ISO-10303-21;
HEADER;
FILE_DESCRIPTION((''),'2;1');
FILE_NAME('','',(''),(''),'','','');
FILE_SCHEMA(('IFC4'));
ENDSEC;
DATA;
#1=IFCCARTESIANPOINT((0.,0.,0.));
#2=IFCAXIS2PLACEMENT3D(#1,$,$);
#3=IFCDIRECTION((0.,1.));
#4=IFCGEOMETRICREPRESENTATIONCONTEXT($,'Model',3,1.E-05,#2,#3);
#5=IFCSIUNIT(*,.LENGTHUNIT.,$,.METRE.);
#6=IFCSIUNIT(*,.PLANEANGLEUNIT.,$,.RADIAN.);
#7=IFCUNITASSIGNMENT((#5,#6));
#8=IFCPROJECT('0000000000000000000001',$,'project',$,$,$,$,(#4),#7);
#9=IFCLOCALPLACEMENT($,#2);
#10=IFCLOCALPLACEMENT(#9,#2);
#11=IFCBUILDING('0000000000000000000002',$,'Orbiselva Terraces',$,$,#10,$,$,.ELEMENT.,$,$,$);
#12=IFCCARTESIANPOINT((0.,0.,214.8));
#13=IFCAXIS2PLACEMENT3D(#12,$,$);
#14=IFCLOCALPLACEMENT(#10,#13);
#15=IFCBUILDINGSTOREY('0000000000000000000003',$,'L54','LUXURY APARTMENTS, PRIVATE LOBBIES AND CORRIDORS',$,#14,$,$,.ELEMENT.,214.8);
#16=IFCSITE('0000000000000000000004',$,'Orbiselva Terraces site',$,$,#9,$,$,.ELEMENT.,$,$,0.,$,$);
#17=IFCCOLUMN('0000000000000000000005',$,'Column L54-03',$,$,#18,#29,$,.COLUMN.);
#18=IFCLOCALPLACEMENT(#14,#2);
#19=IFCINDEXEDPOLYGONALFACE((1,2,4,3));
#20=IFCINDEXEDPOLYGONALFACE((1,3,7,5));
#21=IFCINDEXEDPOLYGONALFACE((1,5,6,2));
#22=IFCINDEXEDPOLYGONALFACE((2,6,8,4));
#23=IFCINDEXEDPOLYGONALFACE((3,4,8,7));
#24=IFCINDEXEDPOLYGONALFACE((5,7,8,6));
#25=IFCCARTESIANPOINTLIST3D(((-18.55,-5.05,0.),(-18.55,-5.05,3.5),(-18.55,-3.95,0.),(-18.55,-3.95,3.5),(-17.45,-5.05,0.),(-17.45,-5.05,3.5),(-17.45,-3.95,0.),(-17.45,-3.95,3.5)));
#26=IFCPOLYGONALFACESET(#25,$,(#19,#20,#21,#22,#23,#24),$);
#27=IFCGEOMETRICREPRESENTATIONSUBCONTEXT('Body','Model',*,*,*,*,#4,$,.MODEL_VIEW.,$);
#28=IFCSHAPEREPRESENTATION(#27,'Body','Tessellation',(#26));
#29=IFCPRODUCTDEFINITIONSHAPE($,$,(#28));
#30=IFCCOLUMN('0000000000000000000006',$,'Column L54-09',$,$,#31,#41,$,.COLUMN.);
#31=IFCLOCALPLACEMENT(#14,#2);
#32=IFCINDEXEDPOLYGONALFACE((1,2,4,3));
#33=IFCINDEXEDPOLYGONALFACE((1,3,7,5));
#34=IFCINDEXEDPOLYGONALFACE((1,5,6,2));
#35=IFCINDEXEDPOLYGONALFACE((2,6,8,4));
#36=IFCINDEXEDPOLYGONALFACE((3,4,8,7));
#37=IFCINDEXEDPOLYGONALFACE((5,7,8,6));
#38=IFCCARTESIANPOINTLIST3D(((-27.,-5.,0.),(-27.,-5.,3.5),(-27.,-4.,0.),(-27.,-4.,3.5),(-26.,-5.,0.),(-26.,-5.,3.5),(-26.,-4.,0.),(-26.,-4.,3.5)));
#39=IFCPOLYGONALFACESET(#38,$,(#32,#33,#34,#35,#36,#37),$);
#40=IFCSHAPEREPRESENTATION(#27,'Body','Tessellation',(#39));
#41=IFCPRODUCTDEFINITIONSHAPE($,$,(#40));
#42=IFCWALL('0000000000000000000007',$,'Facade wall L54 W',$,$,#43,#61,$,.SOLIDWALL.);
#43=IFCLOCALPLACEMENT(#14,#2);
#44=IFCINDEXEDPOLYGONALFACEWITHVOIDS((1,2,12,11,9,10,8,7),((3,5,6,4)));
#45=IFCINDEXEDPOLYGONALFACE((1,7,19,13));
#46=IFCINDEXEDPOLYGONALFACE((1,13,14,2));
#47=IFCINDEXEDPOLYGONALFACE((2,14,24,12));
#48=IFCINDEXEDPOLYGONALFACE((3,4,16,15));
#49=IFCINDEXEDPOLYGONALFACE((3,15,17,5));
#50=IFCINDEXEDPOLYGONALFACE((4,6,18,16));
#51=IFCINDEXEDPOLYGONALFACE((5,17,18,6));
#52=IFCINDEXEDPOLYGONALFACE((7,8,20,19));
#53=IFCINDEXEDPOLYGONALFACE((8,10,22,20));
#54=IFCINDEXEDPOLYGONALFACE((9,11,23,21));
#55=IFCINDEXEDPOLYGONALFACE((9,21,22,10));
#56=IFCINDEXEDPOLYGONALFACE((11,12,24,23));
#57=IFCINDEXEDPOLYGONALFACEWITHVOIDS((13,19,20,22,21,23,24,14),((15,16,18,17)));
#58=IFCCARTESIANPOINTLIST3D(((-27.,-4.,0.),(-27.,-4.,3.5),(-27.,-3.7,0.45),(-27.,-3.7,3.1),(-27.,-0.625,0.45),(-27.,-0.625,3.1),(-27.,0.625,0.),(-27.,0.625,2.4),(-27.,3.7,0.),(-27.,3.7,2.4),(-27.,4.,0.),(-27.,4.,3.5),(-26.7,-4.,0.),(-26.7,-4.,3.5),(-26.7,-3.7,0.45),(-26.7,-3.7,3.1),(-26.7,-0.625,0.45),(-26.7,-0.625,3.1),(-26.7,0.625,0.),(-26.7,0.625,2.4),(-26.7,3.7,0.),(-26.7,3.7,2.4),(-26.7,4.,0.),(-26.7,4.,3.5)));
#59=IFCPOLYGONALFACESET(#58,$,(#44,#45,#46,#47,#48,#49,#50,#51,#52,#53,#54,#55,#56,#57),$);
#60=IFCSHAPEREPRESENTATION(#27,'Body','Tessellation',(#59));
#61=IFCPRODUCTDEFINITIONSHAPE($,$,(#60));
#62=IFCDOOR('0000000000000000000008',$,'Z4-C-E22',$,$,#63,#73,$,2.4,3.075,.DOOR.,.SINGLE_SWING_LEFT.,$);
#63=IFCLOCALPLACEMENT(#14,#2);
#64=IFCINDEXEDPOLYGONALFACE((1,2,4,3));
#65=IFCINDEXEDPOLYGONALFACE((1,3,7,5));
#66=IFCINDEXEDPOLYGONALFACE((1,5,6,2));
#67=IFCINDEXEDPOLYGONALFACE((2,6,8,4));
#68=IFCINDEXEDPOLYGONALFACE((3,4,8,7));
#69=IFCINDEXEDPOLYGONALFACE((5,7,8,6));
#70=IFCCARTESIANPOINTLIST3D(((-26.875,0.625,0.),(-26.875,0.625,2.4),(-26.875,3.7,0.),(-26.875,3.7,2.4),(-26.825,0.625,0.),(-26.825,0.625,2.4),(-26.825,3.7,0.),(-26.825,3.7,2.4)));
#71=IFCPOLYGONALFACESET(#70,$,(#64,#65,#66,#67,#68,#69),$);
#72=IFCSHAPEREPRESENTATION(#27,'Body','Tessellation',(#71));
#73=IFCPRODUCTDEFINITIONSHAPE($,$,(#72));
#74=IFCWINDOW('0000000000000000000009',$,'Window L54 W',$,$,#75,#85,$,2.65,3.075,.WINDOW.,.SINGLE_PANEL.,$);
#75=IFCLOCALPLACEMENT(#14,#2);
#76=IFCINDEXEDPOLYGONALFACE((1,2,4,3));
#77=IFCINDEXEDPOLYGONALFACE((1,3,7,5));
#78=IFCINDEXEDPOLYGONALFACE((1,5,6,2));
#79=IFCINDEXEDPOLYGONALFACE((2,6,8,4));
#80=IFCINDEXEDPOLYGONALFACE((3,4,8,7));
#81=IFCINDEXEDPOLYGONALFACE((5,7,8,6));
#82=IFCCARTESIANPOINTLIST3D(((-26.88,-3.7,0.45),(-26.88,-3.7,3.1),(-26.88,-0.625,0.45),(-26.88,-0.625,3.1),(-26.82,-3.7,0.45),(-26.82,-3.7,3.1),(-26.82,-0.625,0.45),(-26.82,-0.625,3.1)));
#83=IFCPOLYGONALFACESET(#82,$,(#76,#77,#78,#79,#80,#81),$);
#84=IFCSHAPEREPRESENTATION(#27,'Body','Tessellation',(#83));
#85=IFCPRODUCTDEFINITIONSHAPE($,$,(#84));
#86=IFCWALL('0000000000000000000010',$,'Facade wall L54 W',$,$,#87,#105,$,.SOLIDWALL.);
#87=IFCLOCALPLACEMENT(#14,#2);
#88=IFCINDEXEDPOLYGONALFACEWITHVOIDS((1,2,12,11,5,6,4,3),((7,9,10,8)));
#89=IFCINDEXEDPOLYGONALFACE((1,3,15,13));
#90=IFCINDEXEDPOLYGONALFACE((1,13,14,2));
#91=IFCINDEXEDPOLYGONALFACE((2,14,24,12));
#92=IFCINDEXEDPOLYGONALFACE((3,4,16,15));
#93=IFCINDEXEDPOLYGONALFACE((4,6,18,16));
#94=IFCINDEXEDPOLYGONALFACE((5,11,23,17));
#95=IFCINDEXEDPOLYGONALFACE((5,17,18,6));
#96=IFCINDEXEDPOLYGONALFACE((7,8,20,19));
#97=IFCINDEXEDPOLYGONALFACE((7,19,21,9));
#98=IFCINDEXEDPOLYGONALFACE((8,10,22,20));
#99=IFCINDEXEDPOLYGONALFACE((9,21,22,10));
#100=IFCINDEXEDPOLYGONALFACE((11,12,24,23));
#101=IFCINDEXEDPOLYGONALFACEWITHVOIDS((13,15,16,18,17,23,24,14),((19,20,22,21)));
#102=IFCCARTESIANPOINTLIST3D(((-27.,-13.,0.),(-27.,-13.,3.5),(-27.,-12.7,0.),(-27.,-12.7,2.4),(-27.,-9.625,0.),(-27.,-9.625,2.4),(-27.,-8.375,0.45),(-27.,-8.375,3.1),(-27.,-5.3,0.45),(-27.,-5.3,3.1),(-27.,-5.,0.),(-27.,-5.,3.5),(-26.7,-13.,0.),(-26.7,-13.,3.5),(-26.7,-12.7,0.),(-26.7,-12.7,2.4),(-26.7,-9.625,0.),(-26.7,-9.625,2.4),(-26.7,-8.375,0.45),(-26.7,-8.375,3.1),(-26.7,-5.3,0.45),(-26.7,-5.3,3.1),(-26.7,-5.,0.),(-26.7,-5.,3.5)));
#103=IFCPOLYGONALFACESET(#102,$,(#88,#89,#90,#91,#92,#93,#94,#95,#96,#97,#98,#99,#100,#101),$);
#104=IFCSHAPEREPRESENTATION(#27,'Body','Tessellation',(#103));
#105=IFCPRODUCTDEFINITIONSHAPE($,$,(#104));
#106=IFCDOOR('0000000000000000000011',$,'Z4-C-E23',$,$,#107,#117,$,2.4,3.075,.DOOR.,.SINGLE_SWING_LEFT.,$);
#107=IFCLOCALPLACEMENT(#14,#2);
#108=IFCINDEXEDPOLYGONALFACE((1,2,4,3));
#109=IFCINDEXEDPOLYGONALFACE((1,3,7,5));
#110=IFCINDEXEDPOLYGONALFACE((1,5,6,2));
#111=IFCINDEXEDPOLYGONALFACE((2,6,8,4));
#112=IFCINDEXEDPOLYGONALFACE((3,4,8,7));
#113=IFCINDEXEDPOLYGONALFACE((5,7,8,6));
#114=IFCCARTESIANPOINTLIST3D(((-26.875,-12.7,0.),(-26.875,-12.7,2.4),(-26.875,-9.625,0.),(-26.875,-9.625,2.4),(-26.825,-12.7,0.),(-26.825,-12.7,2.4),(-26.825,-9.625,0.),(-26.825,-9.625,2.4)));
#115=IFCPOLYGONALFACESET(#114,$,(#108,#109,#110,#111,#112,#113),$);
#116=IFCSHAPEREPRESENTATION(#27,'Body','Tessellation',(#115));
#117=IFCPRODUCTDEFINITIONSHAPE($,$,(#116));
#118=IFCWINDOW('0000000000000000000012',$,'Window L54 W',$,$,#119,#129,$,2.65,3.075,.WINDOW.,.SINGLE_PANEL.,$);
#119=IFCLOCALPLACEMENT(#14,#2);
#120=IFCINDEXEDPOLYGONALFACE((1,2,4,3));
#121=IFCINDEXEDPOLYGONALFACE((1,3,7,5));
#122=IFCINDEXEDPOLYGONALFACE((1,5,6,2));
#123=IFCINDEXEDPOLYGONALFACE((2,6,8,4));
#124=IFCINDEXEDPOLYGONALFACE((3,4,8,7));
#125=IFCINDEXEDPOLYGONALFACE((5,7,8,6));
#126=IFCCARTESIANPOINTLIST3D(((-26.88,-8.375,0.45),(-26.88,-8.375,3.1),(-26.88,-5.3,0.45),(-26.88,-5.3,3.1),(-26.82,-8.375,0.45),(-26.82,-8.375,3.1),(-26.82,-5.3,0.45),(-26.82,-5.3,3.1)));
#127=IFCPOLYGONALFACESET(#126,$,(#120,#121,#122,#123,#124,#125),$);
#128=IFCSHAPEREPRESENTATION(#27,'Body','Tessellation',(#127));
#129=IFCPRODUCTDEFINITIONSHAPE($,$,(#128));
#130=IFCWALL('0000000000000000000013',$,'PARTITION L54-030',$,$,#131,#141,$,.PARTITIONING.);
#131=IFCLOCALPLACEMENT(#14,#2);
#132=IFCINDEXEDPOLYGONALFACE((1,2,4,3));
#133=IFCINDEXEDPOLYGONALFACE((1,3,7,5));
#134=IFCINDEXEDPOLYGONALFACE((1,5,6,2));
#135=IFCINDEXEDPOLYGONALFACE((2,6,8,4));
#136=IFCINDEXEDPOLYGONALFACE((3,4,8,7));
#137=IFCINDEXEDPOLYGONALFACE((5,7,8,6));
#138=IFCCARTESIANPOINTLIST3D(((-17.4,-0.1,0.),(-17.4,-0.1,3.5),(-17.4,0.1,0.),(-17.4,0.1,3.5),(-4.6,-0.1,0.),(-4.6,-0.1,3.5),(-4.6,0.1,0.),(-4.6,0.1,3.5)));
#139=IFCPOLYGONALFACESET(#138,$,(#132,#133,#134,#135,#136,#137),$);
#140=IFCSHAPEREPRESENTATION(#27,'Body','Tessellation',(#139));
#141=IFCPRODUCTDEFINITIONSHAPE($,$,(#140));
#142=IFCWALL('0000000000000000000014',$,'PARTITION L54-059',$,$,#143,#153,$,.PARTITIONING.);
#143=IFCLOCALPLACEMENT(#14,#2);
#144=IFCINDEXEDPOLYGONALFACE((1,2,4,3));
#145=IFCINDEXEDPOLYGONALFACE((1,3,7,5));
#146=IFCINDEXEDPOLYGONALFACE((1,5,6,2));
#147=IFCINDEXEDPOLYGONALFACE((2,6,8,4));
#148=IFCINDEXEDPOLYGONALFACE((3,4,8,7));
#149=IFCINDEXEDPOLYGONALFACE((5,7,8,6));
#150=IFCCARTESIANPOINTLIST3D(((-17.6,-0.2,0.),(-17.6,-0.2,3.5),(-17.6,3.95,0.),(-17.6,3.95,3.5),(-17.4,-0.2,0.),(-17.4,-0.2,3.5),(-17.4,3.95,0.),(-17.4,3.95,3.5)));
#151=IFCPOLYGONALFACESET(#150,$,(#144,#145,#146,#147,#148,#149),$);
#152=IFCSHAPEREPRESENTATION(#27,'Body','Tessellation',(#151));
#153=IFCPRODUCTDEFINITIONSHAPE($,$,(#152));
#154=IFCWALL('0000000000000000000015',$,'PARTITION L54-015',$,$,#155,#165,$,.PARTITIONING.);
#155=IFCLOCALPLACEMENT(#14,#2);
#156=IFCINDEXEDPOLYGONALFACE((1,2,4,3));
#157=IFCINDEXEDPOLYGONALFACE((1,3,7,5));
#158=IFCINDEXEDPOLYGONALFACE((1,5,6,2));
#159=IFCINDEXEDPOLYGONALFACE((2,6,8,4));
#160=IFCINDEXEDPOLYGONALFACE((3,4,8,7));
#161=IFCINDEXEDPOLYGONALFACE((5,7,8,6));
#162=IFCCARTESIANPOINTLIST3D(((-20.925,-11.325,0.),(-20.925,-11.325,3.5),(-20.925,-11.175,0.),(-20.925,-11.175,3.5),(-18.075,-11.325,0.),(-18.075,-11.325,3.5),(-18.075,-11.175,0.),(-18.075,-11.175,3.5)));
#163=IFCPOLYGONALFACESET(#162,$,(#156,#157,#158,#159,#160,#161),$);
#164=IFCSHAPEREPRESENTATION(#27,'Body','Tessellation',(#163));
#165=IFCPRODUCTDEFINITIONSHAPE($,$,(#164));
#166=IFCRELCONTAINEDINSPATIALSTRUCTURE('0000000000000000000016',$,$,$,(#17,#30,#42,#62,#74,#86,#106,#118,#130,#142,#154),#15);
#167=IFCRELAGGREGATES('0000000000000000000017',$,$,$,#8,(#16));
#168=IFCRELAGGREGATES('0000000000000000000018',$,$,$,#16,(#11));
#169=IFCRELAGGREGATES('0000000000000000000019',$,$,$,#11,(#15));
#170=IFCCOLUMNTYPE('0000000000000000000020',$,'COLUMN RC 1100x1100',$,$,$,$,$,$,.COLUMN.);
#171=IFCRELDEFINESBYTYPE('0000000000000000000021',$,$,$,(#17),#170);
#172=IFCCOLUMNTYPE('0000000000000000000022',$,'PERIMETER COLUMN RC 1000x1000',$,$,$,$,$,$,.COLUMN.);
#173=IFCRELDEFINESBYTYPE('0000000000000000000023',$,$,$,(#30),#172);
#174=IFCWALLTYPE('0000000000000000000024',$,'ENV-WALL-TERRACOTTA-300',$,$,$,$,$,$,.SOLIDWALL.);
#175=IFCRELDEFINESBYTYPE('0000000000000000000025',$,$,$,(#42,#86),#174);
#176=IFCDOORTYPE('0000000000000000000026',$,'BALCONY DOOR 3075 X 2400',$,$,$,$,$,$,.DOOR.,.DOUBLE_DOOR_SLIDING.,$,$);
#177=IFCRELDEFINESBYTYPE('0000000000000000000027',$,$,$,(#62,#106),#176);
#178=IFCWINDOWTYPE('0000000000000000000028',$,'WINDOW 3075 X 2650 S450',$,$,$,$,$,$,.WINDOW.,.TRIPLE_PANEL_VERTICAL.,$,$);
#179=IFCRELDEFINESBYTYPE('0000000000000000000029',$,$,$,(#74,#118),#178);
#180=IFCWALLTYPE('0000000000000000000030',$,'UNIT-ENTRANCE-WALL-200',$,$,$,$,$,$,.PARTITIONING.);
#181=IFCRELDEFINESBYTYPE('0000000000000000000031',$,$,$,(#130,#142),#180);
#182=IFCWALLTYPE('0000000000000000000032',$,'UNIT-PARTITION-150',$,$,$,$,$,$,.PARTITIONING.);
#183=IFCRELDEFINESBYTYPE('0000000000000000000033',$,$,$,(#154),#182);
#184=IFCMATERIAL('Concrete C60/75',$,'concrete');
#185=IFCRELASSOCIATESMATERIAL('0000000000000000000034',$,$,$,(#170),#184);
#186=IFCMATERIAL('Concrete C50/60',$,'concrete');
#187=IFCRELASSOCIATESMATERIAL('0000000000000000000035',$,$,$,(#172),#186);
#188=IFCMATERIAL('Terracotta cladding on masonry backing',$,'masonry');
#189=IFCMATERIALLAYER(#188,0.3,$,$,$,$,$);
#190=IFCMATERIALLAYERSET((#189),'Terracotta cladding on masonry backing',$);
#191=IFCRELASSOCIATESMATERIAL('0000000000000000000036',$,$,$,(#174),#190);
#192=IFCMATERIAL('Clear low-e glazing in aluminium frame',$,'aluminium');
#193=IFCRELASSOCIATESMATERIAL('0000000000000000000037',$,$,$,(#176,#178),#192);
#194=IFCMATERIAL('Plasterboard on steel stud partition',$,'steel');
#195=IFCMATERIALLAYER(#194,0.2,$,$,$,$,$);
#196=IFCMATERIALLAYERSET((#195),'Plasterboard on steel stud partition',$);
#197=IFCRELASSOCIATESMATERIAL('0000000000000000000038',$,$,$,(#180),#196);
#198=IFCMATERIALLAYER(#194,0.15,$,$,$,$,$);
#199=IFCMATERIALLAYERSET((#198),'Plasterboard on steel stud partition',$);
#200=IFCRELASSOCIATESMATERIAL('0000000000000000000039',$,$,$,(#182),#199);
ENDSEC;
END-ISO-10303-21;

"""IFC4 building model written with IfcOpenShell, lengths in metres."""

from ifc_helpers import new_model, si_unit, direction, frame, frame_2d, origin, origin_2d, place, context, subcontext, project, spatial, rectangle, extrude, material, layer, layer_set, material_profile, profile_set, type_object, element, fill, save


model = new_model("IFC4")

# Units and contexts
model_context = context("Model", 3, precision=1e-05, world=origin(), true_north=direction((0.0, 1.0)))
body_context = subcontext(model_context, "Body", "Model", "MODEL_VIEW")
ifc_project = project(units=[si_unit("LENGTHUNIT", "METRE"), si_unit("PLANEANGLEUNIT", "RADIAN")], contexts=[model_context])

# Site, building, storey
site_placement = place(None, origin())
site = spatial("IfcSite", under=ifc_project, at=site_placement, Name="Orbiselva Terraces site", CompositionType="ELEMENT", RefElevation=0.0)
building_placement = place(site_placement, origin())
building = spatial("IfcBuilding", under=site, at=building_placement, Name="Orbiselva Terraces", CompositionType="ELEMENT")
storey_placement = place(building_placement, frame((0.0, 0.0, 214.8)))
storey = spatial("IfcBuildingStorey", under=building, at=storey_placement, Name="L54", Description="LUXURY APARTMENTS, PRIVATE LOBBIES AND CORRIDORS", CompositionType="ELEMENT", Elevation=214.8)

# Columns
ifc_material_1 = material(Name="Concrete C60/75", Category="concrete")
ifc_material_profile_1 = material_profile(ifc_material_1, rectangle(XDim=1.1, YDim=1.1, at=origin_2d()), Name="RC 1100x1100")
ifc_profile_set_1 = profile_set([ifc_material_profile_1], Name="Concrete C60/75")
column_type_1 = type_object("IfcColumnType", Name="COLUMN RC 1100x1100", PredefinedType="COLUMN", material=ifc_profile_set_1)
column_1_placement = place(storey_placement, frame((-18.0, -4.5, 0.0), z_axis=(0.0, 0.0, 1.0), x_axis=(1.0, 0.0, 0.0)))
element("IfcColumn", 1, at=column_1_placement, inside=storey, type_object=column_type_1, Name="Column L54-03", PredefinedType="COLUMN", context=body_context, shape_type="SweptSolid", body=[
    extrude(rectangle(XDim=1.1, YDim=1.1, at=origin_2d()), origin(), (0.0, 0.0, 1.0), 3.5),
])
ifc_material_2 = material(Name="Concrete C50/60", Category="concrete")
ifc_material_profile_2 = material_profile(ifc_material_2, rectangle(XDim=1.0, YDim=1.0, at=origin_2d()), Name="RC 1000x1000")
ifc_profile_set_2 = profile_set([ifc_material_profile_2], Name="Concrete C50/60")
column_type_2 = type_object("IfcColumnType", Name="PERIMETER COLUMN RC 1000x1000", PredefinedType="COLUMN", material=ifc_profile_set_2)
column_2_placement = place(storey_placement, frame((-26.5, -4.5, 0.0), z_axis=(0.0, 0.0, 1.0), x_axis=(1.0, 0.0, 0.0)))
element("IfcColumn", 2, at=column_2_placement, inside=storey, type_object=column_type_2, Name="Column L54-09", PredefinedType="COLUMN", context=body_context, shape_type="SweptSolid", body=[
    extrude(rectangle(XDim=1.0, YDim=1.0, at=origin_2d()), origin(), (0.0, 0.0, 1.0), 3.5),
])

# Walls, openings, doors, windows
ifc_material_3 = material(Name="Terracotta cladding on masonry backing", Category="masonry")
ifc_layer_1 = layer(ifc_material_3, 0.3)
ifc_layer_set_1 = layer_set([ifc_layer_1], Name="Terracotta cladding on masonry backing")
wall_type_1 = type_object("IfcWallType", Name="ENV-WALL-TERRACOTTA-300", PredefinedType="SOLIDWALL", material=ifc_layer_set_1)
wall_1_placement = place(storey_placement, frame((-26.85, -4.0, 0.0), z_axis=(0.0, 0.0, 1.0), x_axis=(0.0, 1.0, 0.0)))
wall_1 = element("IfcWall", 3, at=wall_1_placement, inside=storey, type_object=wall_type_1, Name="Facade wall L54 W", PredefinedType="SOLIDWALL", context=body_context, shape_type="SweptSolid", body=[
    extrude(rectangle(XDim=8.0, YDim=0.3, at=frame_2d((4.0, 0.0))), origin(), (0.0, 0.0, 1.0), 3.5),
])
opening_1_placement = place(wall_1_placement, frame((4.625, 0.0, 0.0)))
opening_1 = element("IfcOpeningElement", 4, at=opening_1_placement, cuts=wall_1, PredefinedType="OPENING", context=body_context, shape_type="SweptSolid", body=[
    extrude(rectangle(XDim=3.075, YDim=2.4, at=frame_2d((1.5375, 1.2))), frame((0.0, 0.16, 0.0), z_axis=(0.0, -1.0, 0.0), x_axis=(1.0, 0.0, 0.0)), (0.0, 0.0, 1.0), 0.32),
])
opening_2_placement = place(wall_1_placement, frame((0.3, 0.0, 0.45)))
opening_2 = element("IfcOpeningElement", 5, at=opening_2_placement, cuts=wall_1, PredefinedType="OPENING", context=body_context, shape_type="SweptSolid", body=[
    extrude(rectangle(XDim=3.075, YDim=2.65, at=frame_2d((1.5375, 1.325))), frame((0.0, 0.16, 0.0), z_axis=(0.0, -1.0, 0.0), x_axis=(1.0, 0.0, 0.0)), (0.0, 0.0, 1.0), 0.32),
])
ifc_material_4 = material(Name="Clear low-e glazing in aluminium frame", Category="aluminium")
door_type_1 = type_object("IfcDoorType", Name="BALCONY DOOR 3075 X 2400", OperationType="DOUBLE_DOOR_SLIDING", PredefinedType="DOOR", material=ifc_material_4)
door_1_placement = place(opening_1_placement, origin())
door_1 = element("IfcDoor", 6, at=door_1_placement, inside=storey, type_object=door_type_1, Name="Z4-C-E22", OperationType="SINGLE_SWING_LEFT", OverallHeight=2.4, OverallWidth=3.075, PredefinedType="DOOR", context=body_context, shape_type="SweptSolid", body=[
    extrude(rectangle(XDim=3.075, YDim=2.4, at=frame_2d((1.5375, 1.2))), frame((0.0, 0.025, 0.0), z_axis=(0.0, -1.0, 0.0), x_axis=(1.0, 0.0, 0.0)), (0.0, 0.0, 1.0), 0.05),
])
fill(opening_1, door_1)
window_type = type_object("IfcWindowType", Name="WINDOW 3075 X 2650 S450", PartitioningType="TRIPLE_PANEL_VERTICAL", PredefinedType="WINDOW", material=ifc_material_4)
window_1_placement = place(opening_2_placement, origin())
window_1 = element("IfcWindow", 7, at=window_1_placement, inside=storey, type_object=window_type, Name="Window L54 W", OverallHeight=2.65, OverallWidth=3.075, PartitioningType="SINGLE_PANEL", PredefinedType="WINDOW", context=body_context, shape_type="SweptSolid", body=[
    extrude(rectangle(XDim=3.075, YDim=2.65, at=frame_2d((1.5375, 1.325))), frame((0.0, 0.03, 0.0), z_axis=(0.0, -1.0, 0.0), x_axis=(1.0, 0.0, 0.0)), (0.0, 0.0, 1.0), 0.06),
])
fill(opening_2, window_1)
wall_2_placement = place(storey_placement, frame((-26.85, -13.0, 0.0), z_axis=(0.0, 0.0, 1.0), x_axis=(0.0, 1.0, 0.0)))
wall_2 = element("IfcWall", 8, at=wall_2_placement, inside=storey, type_object=wall_type_1, Name="Facade wall L54 W", PredefinedType="SOLIDWALL", context=body_context, shape_type="SweptSolid", body=[
    extrude(rectangle(XDim=8.0, YDim=0.3, at=frame_2d((4.0, 0.0))), origin(), (0.0, 0.0, 1.0), 3.5),
])
opening_3_placement = place(wall_2_placement, frame((4.625, 0.0, 0.45)))
opening_3 = element("IfcOpeningElement", 9, at=opening_3_placement, cuts=wall_2, PredefinedType="OPENING", context=body_context, shape_type="SweptSolid", body=[
    extrude(rectangle(XDim=3.075, YDim=2.65, at=frame_2d((1.5375, 1.325))), frame((0.0, 0.16, 0.0), z_axis=(0.0, -1.0, 0.0), x_axis=(1.0, 0.0, 0.0)), (0.0, 0.0, 1.0), 0.32),
])
opening_4_placement = place(wall_2_placement, frame((0.3, 0.0, 0.0)))
opening_4 = element("IfcOpeningElement", 10, at=opening_4_placement, cuts=wall_2, PredefinedType="OPENING", context=body_context, shape_type="SweptSolid", body=[
    extrude(rectangle(XDim=3.075, YDim=2.4, at=frame_2d((1.5375, 1.2))), frame((0.0, 0.16, 0.0), z_axis=(0.0, -1.0, 0.0), x_axis=(1.0, 0.0, 0.0)), (0.0, 0.0, 1.0), 0.32),
])
door_2_placement = place(opening_4_placement, origin())
door_2 = element("IfcDoor", 11, at=door_2_placement, inside=storey, type_object=door_type_1, Name="Z4-C-E23", OperationType="SINGLE_SWING_LEFT", OverallHeight=2.4, OverallWidth=3.075, PredefinedType="DOOR", context=body_context, shape_type="SweptSolid", body=[
    extrude(rectangle(XDim=3.075, YDim=2.4, at=frame_2d((1.5375, 1.2))), frame((0.0, 0.025, 0.0), z_axis=(0.0, -1.0, 0.0), x_axis=(1.0, 0.0, 0.0)), (0.0, 0.0, 1.0), 0.05),
])
fill(opening_4, door_2)
window_2_placement = place(opening_3_placement, origin())
window_2 = element("IfcWindow", 12, at=window_2_placement, inside=storey, type_object=window_type, Name="Window L54 W", OverallHeight=2.65, OverallWidth=3.075, PartitioningType="SINGLE_PANEL", PredefinedType="WINDOW", context=body_context, shape_type="SweptSolid", body=[
    extrude(rectangle(XDim=3.075, YDim=2.65, at=frame_2d((1.5375, 1.325))), frame((0.0, 0.03, 0.0), z_axis=(0.0, -1.0, 0.0), x_axis=(1.0, 0.0, 0.0)), (0.0, 0.0, 1.0), 0.06),
])
fill(opening_3, window_2)

# Walls
ifc_material_5 = material(Name="Plasterboard on steel stud partition", Category="steel")
ifc_layer_2 = layer(ifc_material_5, 0.2)
ifc_layer_set_2 = layer_set([ifc_layer_2], Name="Plasterboard on steel stud partition")
wall_type_2 = type_object("IfcWallType", Name="UNIT-ENTRANCE-WALL-200", PredefinedType="PARTITIONING", material=ifc_layer_set_2)
wall_3_placement = place(storey_placement, frame((-17.4, 0.0, 0.0), z_axis=(0.0, 0.0, 1.0), x_axis=(1.0, 0.0, 0.0)))
element("IfcWall", 13, at=wall_3_placement, inside=storey, type_object=wall_type_2, Name="PARTITION L54-030", PredefinedType="PARTITIONING", context=body_context, shape_type="SweptSolid", body=[
    extrude(rectangle(XDim=12.8, YDim=0.2, at=frame_2d((6.4, 0.0))), origin(), (0.0, 0.0, 1.0), 3.5),
])
wall_4_placement = place(storey_placement, frame((-17.5, -0.2, 0.0), z_axis=(0.0, 0.0, 1.0), x_axis=(0.0, 1.0, 0.0)))
element("IfcWall", 14, at=wall_4_placement, inside=storey, type_object=wall_type_2, Name="PARTITION L54-059", PredefinedType="PARTITIONING", context=body_context, shape_type="SweptSolid", body=[
    extrude(rectangle(XDim=4.15, YDim=0.2, at=frame_2d((2.075, 0.0))), origin(), (0.0, 0.0, 1.0), 3.5),
])
ifc_layer_3 = layer(ifc_material_5, 0.15)
ifc_layer_set_3 = layer_set([ifc_layer_3], Name="Plasterboard on steel stud partition")
wall_type_3 = type_object("IfcWallType", Name="UNIT-PARTITION-150", PredefinedType="PARTITIONING", material=ifc_layer_set_3)
wall_5_placement = place(storey_placement, frame((-20.925, -11.25, 0.0), z_axis=(0.0, 0.0, 1.0), x_axis=(1.0, 0.0, 0.0)))
element("IfcWall", 15, at=wall_5_placement, inside=storey, type_object=wall_type_3, Name="PARTITION L54-015", PredefinedType="PARTITIONING", context=body_context, shape_type="SweptSolid", body=[
    extrude(rectangle(XDim=2.85, YDim=0.15, at=frame_2d((1.425, 0.0))), origin(), (0.0, 0.0, 1.0), 3.5),
])

save(model, "model.ifc")
